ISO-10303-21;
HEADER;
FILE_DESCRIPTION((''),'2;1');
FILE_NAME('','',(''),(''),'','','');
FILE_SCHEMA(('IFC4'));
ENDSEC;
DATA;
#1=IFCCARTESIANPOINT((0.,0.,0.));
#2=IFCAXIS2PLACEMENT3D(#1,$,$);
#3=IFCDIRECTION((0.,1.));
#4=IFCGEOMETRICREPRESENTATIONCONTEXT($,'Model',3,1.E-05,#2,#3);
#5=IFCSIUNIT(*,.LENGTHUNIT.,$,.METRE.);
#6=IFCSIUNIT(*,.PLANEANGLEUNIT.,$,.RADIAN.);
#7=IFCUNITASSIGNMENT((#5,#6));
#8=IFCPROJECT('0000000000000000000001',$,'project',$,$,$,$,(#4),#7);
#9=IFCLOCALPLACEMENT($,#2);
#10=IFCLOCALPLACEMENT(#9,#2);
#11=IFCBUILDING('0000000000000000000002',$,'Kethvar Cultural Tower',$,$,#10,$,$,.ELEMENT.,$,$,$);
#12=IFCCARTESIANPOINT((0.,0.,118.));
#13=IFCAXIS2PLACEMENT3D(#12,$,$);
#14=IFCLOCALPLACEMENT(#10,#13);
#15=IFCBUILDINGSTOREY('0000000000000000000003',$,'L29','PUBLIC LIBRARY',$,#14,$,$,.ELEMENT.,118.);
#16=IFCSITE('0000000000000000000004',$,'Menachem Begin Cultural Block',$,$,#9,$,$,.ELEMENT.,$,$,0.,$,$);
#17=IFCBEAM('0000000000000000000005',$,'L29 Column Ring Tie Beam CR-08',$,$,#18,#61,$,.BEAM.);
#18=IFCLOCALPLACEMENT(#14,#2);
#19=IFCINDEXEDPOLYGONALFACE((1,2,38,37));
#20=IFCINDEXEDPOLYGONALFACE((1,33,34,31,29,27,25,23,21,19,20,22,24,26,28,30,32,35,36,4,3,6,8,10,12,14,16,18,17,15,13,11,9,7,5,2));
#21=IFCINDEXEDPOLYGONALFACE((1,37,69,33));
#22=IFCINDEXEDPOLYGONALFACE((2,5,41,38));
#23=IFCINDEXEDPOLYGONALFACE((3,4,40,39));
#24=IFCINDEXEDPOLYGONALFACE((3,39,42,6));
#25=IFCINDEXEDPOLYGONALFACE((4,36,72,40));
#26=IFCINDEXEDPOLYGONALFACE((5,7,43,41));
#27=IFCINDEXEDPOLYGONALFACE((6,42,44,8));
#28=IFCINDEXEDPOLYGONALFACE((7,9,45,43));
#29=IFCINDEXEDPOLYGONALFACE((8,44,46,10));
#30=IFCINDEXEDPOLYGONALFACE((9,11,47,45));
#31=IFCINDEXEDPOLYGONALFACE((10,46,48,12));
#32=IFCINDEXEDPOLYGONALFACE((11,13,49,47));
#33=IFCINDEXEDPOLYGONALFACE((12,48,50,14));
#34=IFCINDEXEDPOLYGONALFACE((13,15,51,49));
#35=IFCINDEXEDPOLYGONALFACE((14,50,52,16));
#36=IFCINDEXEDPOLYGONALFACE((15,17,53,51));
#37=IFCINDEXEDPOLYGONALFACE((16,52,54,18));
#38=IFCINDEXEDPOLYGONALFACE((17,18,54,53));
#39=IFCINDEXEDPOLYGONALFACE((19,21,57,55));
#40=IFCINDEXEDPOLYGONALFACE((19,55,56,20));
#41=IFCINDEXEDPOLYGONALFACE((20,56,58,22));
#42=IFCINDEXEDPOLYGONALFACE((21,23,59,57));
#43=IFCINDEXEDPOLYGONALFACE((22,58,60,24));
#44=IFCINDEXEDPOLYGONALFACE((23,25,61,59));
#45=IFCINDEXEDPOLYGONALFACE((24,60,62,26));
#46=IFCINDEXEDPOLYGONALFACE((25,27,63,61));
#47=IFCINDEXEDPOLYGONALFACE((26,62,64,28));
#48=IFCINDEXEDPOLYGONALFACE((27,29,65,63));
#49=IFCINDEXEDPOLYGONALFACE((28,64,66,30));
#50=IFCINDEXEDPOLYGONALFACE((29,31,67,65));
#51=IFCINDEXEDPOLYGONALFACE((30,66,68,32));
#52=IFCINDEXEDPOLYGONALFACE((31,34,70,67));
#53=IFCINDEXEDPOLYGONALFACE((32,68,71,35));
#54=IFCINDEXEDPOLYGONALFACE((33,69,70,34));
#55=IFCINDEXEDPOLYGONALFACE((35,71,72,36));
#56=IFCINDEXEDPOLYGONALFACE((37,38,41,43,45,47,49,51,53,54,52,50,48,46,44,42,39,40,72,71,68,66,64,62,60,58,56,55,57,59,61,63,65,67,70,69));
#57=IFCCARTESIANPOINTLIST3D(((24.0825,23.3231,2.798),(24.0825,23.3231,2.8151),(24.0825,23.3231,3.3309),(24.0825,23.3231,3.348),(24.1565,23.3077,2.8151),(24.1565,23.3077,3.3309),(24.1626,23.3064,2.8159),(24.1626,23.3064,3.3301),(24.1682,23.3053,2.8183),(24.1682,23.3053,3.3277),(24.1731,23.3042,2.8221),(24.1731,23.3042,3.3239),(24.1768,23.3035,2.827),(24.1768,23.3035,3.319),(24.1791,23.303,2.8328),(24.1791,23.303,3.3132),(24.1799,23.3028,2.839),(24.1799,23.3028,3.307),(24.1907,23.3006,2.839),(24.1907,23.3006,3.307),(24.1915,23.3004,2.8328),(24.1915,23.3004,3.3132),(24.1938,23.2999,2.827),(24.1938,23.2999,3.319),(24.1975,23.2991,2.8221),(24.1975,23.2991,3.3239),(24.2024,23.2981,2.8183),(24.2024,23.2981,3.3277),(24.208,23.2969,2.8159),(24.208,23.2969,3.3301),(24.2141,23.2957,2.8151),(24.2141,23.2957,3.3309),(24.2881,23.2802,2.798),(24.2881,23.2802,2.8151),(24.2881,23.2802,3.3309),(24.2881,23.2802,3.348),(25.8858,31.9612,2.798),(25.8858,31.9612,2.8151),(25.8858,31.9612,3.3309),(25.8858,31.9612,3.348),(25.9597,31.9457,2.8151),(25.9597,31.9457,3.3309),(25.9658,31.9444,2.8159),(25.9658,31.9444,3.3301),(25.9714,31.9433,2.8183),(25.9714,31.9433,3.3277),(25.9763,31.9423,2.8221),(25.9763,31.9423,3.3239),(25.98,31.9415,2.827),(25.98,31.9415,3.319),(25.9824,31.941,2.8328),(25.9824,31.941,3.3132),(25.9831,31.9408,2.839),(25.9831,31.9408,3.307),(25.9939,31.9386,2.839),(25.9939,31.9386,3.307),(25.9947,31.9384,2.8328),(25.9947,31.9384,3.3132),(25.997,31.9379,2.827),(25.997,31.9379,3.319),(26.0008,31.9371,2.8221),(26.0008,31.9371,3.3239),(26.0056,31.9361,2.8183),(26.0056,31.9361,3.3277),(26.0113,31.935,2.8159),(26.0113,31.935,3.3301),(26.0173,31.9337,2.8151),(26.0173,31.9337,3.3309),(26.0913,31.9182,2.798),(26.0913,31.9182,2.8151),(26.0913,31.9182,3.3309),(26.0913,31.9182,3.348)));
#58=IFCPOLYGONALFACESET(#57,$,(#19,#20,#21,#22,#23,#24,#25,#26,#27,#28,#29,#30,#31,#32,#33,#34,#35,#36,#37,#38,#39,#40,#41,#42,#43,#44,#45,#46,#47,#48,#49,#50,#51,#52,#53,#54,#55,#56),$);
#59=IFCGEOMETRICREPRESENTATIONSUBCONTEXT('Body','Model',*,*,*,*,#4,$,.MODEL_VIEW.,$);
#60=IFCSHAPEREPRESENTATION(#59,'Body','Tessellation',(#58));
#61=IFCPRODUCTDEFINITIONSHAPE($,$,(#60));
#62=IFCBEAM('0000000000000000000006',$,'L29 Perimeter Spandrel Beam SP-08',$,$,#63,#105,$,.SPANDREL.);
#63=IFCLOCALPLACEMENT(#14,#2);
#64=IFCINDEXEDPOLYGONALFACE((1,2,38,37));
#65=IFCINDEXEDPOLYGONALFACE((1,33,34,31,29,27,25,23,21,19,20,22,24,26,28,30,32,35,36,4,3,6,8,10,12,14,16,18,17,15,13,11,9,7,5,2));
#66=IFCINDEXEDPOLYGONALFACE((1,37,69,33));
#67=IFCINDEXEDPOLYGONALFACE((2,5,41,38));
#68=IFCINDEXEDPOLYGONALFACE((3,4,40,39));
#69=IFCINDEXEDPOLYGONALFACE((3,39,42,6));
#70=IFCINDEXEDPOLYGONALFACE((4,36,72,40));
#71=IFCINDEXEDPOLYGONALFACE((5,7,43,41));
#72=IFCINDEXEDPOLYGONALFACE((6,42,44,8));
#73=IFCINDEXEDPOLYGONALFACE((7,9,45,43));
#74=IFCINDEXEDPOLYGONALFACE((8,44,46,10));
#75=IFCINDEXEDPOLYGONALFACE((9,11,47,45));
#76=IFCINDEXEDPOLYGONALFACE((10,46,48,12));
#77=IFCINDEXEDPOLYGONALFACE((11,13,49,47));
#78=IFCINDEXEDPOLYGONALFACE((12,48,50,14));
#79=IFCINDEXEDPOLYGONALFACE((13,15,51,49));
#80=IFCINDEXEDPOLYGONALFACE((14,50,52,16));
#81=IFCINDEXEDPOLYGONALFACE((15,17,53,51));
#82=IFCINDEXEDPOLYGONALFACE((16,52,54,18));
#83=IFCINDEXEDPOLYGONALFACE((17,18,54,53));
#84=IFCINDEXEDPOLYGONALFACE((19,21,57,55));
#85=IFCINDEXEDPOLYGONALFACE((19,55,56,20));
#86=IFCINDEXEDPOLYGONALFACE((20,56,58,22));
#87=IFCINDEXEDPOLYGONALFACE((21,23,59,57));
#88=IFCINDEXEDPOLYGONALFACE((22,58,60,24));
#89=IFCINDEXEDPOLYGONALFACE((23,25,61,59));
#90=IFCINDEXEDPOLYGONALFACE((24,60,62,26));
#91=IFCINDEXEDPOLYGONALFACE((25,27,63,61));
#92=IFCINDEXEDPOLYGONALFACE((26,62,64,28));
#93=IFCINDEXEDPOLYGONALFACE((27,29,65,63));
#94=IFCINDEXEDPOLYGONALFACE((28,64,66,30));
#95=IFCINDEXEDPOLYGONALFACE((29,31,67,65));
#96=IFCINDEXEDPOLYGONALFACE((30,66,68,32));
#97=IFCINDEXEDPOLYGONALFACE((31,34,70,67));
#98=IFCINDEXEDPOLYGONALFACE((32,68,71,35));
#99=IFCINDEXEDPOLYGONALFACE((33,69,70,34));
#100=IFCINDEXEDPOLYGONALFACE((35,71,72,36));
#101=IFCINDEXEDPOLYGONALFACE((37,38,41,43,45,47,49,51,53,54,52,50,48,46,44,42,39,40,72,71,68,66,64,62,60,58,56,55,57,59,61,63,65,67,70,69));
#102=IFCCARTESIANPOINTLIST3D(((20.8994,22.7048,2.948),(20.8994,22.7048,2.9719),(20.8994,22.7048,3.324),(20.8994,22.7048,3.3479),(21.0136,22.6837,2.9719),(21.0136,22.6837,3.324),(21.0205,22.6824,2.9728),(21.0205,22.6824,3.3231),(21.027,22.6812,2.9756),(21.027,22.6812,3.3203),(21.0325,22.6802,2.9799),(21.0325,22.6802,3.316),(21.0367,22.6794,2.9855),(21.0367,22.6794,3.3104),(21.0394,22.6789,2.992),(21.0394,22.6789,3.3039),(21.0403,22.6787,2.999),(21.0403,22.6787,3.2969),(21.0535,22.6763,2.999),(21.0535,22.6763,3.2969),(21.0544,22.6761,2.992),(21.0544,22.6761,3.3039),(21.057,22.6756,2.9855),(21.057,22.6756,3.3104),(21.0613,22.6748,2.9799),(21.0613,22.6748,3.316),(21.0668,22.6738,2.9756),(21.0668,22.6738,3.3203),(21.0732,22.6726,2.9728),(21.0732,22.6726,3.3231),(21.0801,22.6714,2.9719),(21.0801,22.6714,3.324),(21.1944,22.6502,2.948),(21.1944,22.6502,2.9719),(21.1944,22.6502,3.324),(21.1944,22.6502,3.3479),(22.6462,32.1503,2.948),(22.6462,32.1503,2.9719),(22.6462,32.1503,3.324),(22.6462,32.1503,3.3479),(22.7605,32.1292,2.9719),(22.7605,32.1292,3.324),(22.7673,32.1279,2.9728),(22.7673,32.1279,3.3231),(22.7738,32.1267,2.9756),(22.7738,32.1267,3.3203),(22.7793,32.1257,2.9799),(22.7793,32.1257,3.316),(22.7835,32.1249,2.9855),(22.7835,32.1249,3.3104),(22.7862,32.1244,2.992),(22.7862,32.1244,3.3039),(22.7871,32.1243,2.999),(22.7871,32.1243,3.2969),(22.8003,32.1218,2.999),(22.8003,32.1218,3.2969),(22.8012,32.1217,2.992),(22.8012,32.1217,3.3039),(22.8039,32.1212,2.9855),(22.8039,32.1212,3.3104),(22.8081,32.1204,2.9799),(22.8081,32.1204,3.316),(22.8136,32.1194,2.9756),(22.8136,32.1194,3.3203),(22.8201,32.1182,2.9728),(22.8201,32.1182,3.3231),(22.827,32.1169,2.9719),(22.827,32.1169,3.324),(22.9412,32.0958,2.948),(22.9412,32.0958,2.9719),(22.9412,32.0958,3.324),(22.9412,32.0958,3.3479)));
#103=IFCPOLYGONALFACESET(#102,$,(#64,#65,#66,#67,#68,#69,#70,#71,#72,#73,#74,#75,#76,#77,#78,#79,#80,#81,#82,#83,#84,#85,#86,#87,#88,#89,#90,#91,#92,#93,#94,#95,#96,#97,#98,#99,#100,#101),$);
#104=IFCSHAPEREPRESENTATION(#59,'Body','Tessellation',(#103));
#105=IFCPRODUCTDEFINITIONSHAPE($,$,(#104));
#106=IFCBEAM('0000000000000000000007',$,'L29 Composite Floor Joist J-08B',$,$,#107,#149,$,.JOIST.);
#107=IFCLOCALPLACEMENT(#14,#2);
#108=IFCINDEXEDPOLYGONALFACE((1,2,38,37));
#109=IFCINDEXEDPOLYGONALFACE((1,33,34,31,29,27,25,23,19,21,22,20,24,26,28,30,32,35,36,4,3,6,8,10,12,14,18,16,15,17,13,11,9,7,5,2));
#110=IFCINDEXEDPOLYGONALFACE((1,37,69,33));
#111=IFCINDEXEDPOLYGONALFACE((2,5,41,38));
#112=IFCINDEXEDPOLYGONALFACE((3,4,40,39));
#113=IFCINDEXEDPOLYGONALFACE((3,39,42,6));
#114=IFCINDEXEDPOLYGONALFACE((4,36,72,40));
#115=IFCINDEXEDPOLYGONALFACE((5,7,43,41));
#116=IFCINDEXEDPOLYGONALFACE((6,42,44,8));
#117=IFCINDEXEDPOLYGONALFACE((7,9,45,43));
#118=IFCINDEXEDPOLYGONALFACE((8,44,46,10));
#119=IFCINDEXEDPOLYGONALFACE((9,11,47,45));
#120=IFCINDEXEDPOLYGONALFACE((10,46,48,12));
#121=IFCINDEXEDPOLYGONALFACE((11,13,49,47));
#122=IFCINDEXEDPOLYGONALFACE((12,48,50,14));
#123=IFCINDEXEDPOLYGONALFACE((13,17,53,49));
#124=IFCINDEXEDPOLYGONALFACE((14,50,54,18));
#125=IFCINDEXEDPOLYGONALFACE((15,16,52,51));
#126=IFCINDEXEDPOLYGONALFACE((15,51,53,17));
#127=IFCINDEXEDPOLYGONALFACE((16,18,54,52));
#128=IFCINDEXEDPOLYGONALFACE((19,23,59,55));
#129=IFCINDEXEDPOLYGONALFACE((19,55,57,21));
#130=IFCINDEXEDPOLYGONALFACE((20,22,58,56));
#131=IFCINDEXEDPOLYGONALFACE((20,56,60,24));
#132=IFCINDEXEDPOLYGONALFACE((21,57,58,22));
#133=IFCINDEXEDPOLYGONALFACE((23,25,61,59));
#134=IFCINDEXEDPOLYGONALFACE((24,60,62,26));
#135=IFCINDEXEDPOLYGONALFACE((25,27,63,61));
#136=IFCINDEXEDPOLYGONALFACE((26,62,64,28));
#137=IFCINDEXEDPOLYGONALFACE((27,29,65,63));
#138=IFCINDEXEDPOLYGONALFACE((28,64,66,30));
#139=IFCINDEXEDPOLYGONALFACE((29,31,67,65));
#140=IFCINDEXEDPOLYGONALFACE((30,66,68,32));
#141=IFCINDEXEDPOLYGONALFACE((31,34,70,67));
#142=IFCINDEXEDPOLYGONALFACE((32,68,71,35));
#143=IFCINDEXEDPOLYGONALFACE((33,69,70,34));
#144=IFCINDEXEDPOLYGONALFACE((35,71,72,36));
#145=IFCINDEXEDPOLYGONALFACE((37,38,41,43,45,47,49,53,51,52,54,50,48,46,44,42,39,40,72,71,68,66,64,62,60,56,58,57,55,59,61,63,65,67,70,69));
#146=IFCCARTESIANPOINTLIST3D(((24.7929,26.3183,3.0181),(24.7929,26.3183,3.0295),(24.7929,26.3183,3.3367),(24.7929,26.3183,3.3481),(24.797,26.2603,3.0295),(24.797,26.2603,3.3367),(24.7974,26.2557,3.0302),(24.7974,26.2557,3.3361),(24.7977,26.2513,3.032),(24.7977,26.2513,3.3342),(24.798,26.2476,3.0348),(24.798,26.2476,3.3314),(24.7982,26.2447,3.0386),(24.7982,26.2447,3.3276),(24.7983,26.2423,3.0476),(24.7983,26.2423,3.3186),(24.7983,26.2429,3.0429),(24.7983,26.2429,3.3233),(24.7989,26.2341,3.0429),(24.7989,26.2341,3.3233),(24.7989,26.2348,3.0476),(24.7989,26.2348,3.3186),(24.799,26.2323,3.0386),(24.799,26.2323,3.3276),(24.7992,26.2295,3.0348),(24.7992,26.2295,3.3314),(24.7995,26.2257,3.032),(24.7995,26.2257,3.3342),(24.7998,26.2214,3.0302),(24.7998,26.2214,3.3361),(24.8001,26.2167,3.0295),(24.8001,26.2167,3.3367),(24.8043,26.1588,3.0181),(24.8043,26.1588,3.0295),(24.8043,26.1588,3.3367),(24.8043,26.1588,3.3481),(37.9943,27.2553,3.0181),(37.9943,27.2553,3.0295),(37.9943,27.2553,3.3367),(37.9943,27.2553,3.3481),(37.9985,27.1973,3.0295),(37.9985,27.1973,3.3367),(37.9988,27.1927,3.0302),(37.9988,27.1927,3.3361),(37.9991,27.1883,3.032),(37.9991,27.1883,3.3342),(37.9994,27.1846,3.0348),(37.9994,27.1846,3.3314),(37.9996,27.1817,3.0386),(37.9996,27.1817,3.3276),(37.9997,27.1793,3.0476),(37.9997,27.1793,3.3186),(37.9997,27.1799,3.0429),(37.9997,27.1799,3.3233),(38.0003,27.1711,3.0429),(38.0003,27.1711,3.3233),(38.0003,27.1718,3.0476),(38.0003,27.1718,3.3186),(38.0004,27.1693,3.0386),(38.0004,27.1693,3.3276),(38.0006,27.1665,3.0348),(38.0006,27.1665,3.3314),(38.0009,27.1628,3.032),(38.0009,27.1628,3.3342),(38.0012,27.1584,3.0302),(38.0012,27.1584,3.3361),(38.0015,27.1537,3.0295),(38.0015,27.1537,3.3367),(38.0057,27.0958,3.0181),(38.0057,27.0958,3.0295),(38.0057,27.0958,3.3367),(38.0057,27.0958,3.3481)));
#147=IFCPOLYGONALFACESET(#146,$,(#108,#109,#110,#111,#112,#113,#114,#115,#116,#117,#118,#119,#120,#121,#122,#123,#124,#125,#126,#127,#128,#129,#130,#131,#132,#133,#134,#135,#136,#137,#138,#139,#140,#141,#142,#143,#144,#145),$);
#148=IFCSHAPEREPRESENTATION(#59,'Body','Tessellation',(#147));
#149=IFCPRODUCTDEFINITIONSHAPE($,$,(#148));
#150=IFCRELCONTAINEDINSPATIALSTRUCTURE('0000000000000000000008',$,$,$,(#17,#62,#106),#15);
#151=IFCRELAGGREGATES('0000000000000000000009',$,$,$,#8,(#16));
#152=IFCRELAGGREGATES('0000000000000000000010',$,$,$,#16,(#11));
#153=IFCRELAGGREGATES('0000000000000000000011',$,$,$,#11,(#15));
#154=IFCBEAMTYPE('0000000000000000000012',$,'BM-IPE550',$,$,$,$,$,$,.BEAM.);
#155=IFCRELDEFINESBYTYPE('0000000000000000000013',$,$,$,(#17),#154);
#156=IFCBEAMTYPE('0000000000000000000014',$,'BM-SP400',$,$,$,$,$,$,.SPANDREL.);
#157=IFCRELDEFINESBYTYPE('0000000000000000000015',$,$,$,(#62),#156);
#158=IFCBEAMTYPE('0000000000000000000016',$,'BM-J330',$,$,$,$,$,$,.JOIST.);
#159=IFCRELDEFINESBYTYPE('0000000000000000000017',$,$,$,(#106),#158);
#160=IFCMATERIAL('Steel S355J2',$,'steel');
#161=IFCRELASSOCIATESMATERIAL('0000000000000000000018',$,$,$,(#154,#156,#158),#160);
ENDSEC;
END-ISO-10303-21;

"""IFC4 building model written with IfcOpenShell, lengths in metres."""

from ifc_helpers import new_model, si_unit, direction, frame, origin, origin_2d, place, context, subcontext, project, spatial, i_section, extrude, source, transform, mapped, material, material_profile, profile_set, type_object, element, save


model = new_model("IFC4")

# Units and contexts
model_context = context("Model", 3, precision=1e-05, world=origin(), true_north=direction((0.0, 1.0)))
body_context = subcontext(model_context, "Body", "Model", "MODEL_VIEW")
ifc_project = project(units=[si_unit("LENGTHUNIT", "METRE"), si_unit("PLANEANGLEUNIT", "RADIAN")], contexts=[model_context])

# Site, building, storey
site_placement = place(None, origin())
site = spatial("IfcSite", under=ifc_project, at=site_placement, Name="Menachem Begin Cultural Block", CompositionType="ELEMENT", RefElevation=0.0)
building_placement = place(site_placement, origin())
building = spatial("IfcBuilding", under=site, at=building_placement, Name="Kethvar Cultural Tower", CompositionType="ELEMENT")
storey_placement = place(building_placement, frame((0.0, 0.0, 118.0)))
storey = spatial("IfcBuildingStorey", under=building, at=storey_placement, Name="L29", Description="PUBLIC LIBRARY", CompositionType="ELEMENT", Elevation=118.0)

# Beams
ifc_material_1 = material(Name="Steel S355J2", Category="steel")
ifc_material_profile_1 = material_profile(ifc_material_1, i_section(OverallWidth=0.21, OverallDepth=0.55, WebThickness=0.011, FlangeThickness=0.0171, FilletRadius=0.0239, at=origin_2d()), Name="Steel S355J2 — IPE550")
ifc_profile_set_1 = profile_set([ifc_material_profile_1], Name="Steel S355J2 — IPE550")
beam_type_1 = type_object("IfcBeamType", Name="BM-IPE550", PredefinedType="BEAM", material=ifc_profile_set_1)
shared_shape_1 = source(origin(), body_context, "Body", "SweptSolid", [
    extrude(i_section(OverallWidth=0.21, OverallDepth=0.55, WebThickness=0.011, FlangeThickness=0.0171, FilletRadius=0.0239, at=origin_2d()), origin(), (0.0, 0.0, 1.0), 8.8242),
])
beam_1_placement = place(storey_placement, frame((25.9885, 31.9397, 3.073), z_axis=(-0.204351, -0.978898, 0.0), x_axis=(0.978898, -0.204351, 0.0)))
element("IfcBeam", 1, at=beam_1_placement, inside=storey, type_object=beam_type_1, Name="L29 Column Ring Tie Beam CR-08", PredefinedType="BEAM", context=body_context, shape_type="MappedRepresentation", body=[
    mapped(shared_shape_1, transform((0.0, 0.0, 0.0), scale=1.0)),
])
ifc_material_profile_2 = material_profile(ifc_material_1, i_section(OverallWidth=0.3, OverallDepth=0.3999, WebThickness=0.0134, FlangeThickness=0.0239, FilletRadius=0.0271, at=origin_2d()), Name="Steel S355J2 — HEB400")
ifc_profile_set_2 = profile_set([ifc_material_profile_2], Name="Steel S355J2 — HEB400")
beam_type_2 = type_object("IfcBeamType", Name="BM-SP400", PredefinedType="SPANDREL", material=ifc_profile_set_2)
shared_shape_2 = source(origin(), body_context, "Body", "SweptSolid", [
    extrude(i_section(OverallWidth=0.3, OverallDepth=0.3999, WebThickness=0.0134, FlangeThickness=0.0239, FilletRadius=0.0271, at=origin_2d()), origin(), (0.0, 0.0, 1.0), 9.6057),
])
beam_2_placement = place(storey_placement, frame((22.7937, 32.123, 3.1479), z_axis=(-0.181853, -0.983326, 0.0), x_axis=(0.983326, -0.181853, 0.0)))
element("IfcBeam", 2, at=beam_2_placement, inside=storey, type_object=beam_type_2, Name="L29 Perimeter Spandrel Beam SP-08", PredefinedType="SPANDREL", context=body_context, shape_type="MappedRepresentation", body=[
    mapped(shared_shape_2, transform((0.0, 0.0, 0.0), scale=1.0)),
])
ifc_material_profile_3 = material_profile(ifc_material_1, i_section(OverallWidth=0.1599, OverallDepth=0.3301, WebThickness=0.0076, FlangeThickness=0.0115, FilletRadius=0.0181, at=origin_2d()), Name="Steel S355J2 — IPE330")
ifc_profile_set_3 = profile_set([ifc_material_profile_3], Name="Steel S355J2 — IPE330")
beam_type_3 = type_object("IfcBeamType", Name="BM-J330", PredefinedType="JOIST", material=ifc_profile_set_3)
shared_shape_3 = source(origin(), body_context, "Body", "SweptSolid", [
    extrude(i_section(OverallWidth=0.1599, OverallDepth=0.3301, WebThickness=0.0076, FlangeThickness=0.0115, FilletRadius=0.0181, at=origin_2d()), origin(), (0.0, 0.0, 1.0), 13.2346),
])
beam_3_placement = place(storey_placement, frame((38.0, 27.1755, 3.1831), z_axis=(-0.997491, -0.0708, 0.0), x_axis=(0.0708, -0.997491, 0.0)))
element("IfcBeam", 3, at=beam_3_placement, inside=storey, type_object=beam_type_3, Name="L29 Composite Floor Joist J-08B", PredefinedType="JOIST", context=body_context, shape_type="MappedRepresentation", body=[
    mapped(shared_shape_3, transform((0.0, 0.0, 0.0), scale=1.0)),
])

save(model, "model.ifc")
